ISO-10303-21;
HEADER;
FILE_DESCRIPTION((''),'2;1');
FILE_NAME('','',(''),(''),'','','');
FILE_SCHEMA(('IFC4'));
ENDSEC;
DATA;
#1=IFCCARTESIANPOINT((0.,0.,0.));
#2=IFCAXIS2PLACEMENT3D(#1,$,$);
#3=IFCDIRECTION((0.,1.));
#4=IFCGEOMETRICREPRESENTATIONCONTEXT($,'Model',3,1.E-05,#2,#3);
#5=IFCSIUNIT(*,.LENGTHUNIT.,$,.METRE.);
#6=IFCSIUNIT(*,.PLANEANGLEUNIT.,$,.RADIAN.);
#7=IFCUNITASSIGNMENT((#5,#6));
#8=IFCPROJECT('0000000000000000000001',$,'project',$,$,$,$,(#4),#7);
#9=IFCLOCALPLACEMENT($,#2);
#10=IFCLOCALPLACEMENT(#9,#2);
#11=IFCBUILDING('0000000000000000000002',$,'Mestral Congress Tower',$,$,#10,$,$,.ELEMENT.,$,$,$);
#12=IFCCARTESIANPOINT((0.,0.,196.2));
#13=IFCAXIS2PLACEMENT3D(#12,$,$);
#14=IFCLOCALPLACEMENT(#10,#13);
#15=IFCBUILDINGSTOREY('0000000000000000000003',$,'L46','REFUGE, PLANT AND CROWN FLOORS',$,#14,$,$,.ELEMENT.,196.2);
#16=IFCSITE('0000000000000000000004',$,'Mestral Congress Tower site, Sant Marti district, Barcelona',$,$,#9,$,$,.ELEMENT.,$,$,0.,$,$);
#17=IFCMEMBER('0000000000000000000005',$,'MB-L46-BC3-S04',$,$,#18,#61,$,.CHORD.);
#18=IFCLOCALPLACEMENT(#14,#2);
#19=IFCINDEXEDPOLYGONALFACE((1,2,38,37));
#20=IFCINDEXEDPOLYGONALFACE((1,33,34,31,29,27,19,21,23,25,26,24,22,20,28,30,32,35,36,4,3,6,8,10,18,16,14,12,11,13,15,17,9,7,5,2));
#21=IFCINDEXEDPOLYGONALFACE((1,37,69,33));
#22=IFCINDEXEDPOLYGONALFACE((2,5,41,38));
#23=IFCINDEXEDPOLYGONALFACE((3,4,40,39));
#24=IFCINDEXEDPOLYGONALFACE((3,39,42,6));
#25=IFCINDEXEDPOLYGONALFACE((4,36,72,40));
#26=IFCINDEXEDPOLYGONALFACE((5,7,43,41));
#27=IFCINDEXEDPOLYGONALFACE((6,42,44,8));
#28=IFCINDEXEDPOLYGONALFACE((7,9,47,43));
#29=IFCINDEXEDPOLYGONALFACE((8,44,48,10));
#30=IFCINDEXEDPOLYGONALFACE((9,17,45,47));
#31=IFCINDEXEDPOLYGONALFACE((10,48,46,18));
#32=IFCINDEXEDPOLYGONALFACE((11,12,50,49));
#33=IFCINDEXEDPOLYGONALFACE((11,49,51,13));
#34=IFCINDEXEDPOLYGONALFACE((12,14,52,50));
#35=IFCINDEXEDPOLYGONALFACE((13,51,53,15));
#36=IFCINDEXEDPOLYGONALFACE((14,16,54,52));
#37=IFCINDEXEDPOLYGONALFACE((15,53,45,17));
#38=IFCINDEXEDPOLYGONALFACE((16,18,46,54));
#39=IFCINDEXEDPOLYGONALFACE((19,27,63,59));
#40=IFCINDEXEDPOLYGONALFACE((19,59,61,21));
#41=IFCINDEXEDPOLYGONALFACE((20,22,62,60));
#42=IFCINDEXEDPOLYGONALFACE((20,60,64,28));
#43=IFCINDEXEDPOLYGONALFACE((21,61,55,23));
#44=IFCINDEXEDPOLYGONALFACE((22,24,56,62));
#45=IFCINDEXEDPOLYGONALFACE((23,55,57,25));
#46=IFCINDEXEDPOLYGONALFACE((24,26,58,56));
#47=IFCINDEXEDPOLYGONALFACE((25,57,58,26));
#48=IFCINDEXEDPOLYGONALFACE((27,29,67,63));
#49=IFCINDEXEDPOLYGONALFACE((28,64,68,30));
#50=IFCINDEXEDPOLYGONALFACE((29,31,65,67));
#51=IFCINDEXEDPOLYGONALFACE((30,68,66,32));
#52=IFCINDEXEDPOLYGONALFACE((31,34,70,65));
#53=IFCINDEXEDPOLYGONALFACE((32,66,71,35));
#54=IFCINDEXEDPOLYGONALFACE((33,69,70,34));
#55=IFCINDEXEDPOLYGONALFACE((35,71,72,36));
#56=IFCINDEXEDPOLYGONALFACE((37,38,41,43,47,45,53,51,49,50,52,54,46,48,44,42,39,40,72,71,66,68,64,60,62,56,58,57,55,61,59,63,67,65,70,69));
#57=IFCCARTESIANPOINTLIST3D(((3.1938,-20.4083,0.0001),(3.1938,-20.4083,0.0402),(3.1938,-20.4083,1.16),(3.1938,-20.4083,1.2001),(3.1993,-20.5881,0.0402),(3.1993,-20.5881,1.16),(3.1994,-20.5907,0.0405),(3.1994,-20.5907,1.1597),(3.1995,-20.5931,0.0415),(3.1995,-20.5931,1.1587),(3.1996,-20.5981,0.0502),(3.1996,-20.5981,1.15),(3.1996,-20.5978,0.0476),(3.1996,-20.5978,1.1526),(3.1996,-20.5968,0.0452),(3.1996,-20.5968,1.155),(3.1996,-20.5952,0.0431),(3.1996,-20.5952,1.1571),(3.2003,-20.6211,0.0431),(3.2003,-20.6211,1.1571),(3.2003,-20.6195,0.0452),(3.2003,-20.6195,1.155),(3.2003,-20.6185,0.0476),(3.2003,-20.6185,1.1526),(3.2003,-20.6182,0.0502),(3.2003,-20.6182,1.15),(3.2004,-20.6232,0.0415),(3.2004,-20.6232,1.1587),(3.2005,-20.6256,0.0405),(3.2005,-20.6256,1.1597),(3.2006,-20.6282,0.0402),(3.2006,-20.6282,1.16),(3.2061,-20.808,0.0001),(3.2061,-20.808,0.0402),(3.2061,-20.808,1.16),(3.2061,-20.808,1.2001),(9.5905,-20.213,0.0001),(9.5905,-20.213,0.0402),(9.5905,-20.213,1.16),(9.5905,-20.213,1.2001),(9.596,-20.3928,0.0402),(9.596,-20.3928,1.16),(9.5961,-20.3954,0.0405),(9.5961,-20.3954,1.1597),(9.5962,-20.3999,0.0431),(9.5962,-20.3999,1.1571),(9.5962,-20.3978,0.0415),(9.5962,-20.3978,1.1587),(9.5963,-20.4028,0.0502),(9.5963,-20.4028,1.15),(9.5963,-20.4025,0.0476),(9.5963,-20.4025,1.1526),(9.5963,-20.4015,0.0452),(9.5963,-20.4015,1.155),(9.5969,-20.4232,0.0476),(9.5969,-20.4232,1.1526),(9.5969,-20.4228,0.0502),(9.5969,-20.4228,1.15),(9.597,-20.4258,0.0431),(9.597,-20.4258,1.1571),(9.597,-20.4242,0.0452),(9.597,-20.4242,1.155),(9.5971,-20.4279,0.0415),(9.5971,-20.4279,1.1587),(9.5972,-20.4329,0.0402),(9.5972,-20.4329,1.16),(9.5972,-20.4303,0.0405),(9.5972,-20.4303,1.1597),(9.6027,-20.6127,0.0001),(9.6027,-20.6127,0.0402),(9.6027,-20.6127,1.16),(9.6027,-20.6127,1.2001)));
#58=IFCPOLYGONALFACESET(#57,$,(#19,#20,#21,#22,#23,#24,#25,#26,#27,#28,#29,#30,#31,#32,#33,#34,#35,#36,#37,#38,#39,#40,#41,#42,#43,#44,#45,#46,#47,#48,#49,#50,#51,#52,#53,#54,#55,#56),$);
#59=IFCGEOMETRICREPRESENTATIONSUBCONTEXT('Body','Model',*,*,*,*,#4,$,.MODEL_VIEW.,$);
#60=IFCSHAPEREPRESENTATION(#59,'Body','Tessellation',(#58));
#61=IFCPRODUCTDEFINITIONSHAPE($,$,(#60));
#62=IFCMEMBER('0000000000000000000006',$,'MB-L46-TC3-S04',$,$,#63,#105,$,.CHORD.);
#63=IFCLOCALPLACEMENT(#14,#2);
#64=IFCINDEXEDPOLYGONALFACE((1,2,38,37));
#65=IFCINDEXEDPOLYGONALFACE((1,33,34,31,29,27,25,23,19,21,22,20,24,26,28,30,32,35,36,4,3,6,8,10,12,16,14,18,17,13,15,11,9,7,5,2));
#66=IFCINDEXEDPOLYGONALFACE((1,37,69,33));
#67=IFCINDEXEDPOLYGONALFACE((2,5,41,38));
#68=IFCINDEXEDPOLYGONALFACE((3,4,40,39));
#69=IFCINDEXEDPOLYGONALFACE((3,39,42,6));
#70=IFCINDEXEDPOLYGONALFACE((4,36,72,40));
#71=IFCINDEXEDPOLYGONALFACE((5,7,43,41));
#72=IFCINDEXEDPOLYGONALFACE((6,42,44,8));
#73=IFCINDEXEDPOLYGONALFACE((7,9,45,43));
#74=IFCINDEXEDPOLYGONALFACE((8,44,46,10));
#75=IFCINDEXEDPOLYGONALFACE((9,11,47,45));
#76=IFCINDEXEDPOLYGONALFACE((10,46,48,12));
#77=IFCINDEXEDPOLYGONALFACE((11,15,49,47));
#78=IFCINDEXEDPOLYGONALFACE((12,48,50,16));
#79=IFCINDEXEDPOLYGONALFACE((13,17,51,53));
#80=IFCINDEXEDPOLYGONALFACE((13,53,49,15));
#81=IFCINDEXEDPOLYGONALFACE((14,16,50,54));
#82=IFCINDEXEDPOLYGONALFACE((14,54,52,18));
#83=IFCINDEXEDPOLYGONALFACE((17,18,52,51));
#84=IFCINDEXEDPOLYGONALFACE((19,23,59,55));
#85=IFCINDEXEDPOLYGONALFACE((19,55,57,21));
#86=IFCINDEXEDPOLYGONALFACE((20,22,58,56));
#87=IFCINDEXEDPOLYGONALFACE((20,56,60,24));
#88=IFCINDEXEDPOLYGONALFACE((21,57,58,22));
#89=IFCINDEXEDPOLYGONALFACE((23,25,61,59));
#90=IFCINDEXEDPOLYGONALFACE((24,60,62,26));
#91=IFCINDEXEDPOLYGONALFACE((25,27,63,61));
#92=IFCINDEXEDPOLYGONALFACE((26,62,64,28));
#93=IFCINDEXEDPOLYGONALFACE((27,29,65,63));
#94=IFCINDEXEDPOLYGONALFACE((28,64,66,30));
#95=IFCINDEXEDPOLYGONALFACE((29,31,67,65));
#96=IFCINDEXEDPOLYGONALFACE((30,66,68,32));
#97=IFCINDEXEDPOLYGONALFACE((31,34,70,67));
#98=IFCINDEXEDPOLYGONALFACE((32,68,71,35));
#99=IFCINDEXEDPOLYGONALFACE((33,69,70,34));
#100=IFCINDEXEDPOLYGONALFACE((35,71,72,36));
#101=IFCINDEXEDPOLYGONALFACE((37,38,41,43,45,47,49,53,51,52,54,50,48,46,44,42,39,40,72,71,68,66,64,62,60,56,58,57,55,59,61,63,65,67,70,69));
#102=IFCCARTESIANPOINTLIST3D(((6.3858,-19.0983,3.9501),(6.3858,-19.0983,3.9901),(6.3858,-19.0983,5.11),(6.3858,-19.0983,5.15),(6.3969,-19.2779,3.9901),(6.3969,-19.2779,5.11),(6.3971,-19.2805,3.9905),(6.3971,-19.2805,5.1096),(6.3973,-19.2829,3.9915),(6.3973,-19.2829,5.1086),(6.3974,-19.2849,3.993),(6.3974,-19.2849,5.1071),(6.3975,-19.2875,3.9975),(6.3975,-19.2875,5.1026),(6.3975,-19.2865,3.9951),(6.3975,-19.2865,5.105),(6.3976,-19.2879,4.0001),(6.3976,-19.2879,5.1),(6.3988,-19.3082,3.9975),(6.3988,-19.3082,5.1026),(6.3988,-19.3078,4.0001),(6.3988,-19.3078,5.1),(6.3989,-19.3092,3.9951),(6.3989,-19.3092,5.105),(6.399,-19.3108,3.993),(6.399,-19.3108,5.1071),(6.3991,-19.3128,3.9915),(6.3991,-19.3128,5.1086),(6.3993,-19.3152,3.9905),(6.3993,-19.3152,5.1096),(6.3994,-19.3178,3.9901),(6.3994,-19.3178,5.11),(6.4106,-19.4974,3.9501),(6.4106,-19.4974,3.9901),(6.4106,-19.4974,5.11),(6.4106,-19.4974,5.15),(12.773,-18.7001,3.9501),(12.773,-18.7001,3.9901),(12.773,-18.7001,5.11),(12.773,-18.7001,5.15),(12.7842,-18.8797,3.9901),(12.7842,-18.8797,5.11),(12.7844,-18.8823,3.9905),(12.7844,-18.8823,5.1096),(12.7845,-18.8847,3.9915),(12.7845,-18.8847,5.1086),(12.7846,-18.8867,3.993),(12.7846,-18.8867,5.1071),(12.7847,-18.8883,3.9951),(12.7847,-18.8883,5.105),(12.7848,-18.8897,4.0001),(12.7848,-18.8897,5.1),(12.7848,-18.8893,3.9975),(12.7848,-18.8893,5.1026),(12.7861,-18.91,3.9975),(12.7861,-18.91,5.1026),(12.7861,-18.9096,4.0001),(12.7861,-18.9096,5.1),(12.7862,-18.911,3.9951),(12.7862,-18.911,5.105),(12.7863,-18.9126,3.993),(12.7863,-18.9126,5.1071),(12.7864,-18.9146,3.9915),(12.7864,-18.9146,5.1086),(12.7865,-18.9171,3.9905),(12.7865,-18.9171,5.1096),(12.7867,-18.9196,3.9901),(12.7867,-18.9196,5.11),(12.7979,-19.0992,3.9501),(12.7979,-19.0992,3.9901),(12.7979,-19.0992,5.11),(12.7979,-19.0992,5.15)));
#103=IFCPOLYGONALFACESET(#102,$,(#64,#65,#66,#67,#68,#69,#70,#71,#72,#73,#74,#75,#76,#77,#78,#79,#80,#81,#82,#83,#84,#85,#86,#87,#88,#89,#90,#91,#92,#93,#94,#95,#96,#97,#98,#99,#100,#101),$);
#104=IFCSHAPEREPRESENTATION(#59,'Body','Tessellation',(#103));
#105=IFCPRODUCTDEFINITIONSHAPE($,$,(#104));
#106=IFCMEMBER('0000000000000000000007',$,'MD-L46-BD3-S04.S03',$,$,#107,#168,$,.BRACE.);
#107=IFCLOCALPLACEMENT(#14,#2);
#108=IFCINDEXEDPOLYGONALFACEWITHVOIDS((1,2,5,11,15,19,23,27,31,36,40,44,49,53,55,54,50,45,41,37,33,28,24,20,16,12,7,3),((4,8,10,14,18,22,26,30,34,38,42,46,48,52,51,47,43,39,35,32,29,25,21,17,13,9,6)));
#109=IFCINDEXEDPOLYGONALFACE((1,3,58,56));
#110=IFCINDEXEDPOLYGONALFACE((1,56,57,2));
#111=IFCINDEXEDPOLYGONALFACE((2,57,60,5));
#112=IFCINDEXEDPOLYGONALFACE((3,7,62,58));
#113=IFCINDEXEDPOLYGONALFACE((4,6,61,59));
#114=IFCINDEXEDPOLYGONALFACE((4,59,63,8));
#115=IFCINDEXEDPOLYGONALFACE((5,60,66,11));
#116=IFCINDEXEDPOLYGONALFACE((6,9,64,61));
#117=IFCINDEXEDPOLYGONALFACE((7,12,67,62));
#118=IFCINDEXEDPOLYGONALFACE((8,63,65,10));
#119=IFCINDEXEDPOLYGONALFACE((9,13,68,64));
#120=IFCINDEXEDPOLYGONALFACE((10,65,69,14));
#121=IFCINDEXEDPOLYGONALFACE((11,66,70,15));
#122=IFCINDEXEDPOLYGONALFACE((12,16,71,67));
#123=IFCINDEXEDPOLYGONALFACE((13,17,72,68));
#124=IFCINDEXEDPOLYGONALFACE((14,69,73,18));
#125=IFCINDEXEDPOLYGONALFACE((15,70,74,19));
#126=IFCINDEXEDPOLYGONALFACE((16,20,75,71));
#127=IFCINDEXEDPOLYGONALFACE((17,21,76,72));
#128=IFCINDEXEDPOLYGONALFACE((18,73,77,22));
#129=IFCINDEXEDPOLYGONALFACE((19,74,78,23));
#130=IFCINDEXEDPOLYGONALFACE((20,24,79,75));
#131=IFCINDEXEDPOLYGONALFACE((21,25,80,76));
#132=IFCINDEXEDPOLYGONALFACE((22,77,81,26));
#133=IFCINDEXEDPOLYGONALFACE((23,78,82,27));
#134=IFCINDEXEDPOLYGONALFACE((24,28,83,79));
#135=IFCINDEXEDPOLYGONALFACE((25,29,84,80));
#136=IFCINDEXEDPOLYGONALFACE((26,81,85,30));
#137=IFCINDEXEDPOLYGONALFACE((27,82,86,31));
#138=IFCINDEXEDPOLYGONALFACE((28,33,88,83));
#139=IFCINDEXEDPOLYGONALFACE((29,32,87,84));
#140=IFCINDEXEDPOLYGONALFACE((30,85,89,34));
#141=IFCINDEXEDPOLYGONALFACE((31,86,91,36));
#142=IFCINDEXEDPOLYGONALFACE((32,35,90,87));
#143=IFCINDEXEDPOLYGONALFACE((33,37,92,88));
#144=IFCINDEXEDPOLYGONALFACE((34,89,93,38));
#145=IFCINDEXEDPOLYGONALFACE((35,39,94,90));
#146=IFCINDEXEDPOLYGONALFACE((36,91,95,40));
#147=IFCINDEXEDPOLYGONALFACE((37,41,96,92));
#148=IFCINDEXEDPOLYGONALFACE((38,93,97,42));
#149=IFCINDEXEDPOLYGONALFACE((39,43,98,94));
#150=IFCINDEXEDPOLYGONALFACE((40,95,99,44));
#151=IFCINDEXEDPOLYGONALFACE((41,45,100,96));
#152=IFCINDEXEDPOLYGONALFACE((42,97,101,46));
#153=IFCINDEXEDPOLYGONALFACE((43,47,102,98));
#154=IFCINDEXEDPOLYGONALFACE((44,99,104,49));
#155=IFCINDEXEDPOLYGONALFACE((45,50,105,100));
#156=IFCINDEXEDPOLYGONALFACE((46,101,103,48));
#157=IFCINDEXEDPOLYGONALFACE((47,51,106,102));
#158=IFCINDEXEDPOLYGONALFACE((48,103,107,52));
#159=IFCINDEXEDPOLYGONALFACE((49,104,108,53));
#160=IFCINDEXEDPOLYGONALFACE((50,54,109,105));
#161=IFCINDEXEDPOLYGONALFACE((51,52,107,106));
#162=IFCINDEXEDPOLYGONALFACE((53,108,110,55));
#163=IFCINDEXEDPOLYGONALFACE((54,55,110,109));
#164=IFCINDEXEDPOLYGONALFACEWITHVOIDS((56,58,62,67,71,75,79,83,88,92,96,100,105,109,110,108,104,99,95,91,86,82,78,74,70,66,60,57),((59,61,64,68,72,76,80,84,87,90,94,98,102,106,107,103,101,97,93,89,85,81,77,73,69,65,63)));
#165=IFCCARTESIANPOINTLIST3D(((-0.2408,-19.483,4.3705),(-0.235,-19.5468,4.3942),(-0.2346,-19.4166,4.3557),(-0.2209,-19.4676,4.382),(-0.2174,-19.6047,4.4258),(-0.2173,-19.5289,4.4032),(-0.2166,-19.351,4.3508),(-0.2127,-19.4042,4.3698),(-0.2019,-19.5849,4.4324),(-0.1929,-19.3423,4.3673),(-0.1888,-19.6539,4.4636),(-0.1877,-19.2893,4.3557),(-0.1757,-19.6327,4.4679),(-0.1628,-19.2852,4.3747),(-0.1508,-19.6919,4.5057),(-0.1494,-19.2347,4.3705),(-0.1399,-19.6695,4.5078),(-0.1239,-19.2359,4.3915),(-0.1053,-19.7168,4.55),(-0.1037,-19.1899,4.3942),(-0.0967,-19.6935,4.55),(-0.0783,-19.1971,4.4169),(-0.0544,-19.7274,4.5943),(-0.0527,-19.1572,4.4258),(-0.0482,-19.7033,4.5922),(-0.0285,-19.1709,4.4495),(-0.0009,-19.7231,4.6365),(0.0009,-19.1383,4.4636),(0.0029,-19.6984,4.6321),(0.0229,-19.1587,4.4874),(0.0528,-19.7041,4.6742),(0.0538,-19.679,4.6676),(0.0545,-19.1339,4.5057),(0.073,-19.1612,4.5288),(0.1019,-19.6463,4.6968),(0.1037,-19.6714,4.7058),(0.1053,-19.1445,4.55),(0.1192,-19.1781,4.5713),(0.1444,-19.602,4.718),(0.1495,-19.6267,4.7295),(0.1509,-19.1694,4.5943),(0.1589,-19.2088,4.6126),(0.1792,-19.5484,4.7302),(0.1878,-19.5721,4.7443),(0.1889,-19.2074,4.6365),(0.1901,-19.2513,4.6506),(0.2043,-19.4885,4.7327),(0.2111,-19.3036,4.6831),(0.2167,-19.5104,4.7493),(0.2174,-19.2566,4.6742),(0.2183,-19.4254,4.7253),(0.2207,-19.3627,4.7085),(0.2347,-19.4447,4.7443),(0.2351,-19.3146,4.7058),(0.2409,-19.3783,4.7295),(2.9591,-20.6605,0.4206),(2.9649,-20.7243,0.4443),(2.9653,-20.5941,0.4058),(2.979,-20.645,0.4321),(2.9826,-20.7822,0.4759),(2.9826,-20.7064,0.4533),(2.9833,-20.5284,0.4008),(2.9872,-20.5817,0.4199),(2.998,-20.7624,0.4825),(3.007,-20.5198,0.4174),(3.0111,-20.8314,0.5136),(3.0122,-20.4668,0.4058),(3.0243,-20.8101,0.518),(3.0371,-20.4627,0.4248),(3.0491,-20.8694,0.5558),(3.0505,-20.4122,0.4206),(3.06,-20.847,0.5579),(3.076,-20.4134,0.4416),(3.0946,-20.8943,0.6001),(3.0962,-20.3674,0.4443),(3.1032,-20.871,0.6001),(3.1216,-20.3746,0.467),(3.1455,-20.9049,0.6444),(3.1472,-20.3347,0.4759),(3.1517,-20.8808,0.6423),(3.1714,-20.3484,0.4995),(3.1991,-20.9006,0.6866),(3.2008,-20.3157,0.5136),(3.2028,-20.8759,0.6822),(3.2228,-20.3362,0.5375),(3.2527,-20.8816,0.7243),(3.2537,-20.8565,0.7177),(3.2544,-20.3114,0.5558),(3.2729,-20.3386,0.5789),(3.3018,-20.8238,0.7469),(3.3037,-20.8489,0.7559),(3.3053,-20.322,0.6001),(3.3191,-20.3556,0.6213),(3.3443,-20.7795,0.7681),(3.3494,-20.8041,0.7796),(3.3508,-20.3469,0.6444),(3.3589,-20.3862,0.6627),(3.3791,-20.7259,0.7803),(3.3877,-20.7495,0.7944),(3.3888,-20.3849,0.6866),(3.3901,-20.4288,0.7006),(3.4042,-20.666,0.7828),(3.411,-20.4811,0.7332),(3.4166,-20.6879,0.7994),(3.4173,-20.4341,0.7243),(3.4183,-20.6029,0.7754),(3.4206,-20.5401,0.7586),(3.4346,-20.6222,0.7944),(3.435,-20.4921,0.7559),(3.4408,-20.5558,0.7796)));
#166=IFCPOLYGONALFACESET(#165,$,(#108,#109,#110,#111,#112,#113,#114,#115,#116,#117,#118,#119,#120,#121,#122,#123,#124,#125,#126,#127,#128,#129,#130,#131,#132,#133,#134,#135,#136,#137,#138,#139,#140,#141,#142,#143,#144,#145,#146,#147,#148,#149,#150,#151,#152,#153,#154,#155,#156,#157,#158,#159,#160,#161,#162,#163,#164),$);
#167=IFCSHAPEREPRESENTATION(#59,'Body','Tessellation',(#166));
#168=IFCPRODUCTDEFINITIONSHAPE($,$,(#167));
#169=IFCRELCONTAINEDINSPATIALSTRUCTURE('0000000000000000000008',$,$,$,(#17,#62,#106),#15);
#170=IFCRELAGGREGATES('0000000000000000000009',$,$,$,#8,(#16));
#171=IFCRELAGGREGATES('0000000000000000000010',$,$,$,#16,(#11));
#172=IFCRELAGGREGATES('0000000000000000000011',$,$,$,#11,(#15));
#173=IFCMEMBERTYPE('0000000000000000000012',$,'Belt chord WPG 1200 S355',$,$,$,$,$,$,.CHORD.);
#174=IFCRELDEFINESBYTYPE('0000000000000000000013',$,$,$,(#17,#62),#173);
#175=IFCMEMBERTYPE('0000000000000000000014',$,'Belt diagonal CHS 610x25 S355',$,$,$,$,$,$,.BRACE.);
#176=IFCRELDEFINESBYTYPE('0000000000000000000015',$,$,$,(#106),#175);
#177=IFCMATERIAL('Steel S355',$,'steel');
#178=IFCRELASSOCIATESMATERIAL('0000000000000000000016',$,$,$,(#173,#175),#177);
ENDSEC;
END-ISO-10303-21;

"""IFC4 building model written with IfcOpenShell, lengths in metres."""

from ifc_helpers import new_model, si_unit, direction, frame, origin, origin_2d, place, context, subcontext, project, spatial, hollow_circle, i_section, extrude, material, material_profile, profile_set, type_object, element, save


model = new_model("IFC4")

# Units and contexts
model_context = context("Model", 3, precision=1e-05, world=origin(), true_north=direction((0.0, 1.0)))
body_context = subcontext(model_context, "Body", "Model", "MODEL_VIEW")
ifc_project = project(units=[si_unit("LENGTHUNIT", "METRE"), si_unit("PLANEANGLEUNIT", "RADIAN")], contexts=[model_context])

# Site, building, storey
site_placement = place(None, origin())
site = spatial("IfcSite", under=ifc_project, at=site_placement, Name="Mestral Congress Tower site, Sant Marti district, Barcelona", CompositionType="ELEMENT", RefElevation=0.0)
building_placement = place(site_placement, origin())
building = spatial("IfcBuilding", under=site, at=building_placement, Name="Mestral Congress Tower", CompositionType="ELEMENT")
storey_placement = place(building_placement, frame((0.0, 0.0, 196.2)))
storey = spatial("IfcBuildingStorey", under=building, at=storey_placement, Name="L46", Description="REFUGE, PLANT AND CROWN FLOORS", CompositionType="ELEMENT", Elevation=196.2)

# Members
ifc_material_1 = material(Name="Steel S355", Category="steel")
ifc_material_profile_1 = material_profile(ifc_material_1, i_section(OverallWidth=0.3999, OverallDepth=1.2, WebThickness=0.02, FlangeThickness=0.04, FilletRadius=0.01, at=origin_2d()), Name="WPG 1200")
ifc_profile_set_1 = profile_set([ifc_material_profile_1], Name="Steel S355")
member_type_1 = type_object("IfcMemberType", Name="Belt chord WPG 1200 S355", PredefinedType="CHORD", material=ifc_profile_set_1)
for number, where, z_axis, x_axis, name in (
    (1, (3.2, -20.6082, 0.6001), (0.999534, 0.030519, 0.0), (-0.030519, 0.999534, 0.0), "MB-L46-BC3-S04"),
    (2, (6.3982, -19.2979, 4.55), (0.998062, 0.062222, 0.0), (-0.062222, 0.998062, 0.0), "MB-L46-TC3-S04"),
):
    element("IfcMember", number, at=place(storey_placement, frame(where, z_axis=z_axis, x_axis=x_axis)), inside=storey, type_object=member_type_1, Name=name, PredefinedType="CHORD", context=body_context, shape_type="SweptSolid", body=[
        extrude(i_section(OverallWidth=0.3999, OverallDepth=1.2, WebThickness=0.02, FlangeThickness=0.04, FilletRadius=0.01, at=origin_2d()), origin(), (0.0, 0.0, 1.0), 6.3997),
    ])
ifc_material_profile_2 = material_profile(ifc_material_1, hollow_circle(Radius=0.3049, WallThickness=0.0249, at=origin_2d()), Name="CHS 610x25")
ifc_profile_set_2 = profile_set([ifc_material_profile_2], Name="Steel S355")
member_type_2 = type_object("IfcMemberType", Name="Belt diagonal CHS 610x25 S355", PredefinedType="BRACE", material=ifc_profile_set_2)
member_1_placement = place(storey_placement, frame((3.2, -20.6082, 0.6001), z_axis=(-0.613244, 0.225656, 0.756975), x_axis=(-0.345334, -0.93848, 0.0)))
element("IfcMember", 3, at=member_1_placement, inside=storey, type_object=member_type_2, Name="MD-L46-BD3-S04.S03", PredefinedType="BRACE", context=body_context, shape_type="SweptSolid", body=[
    extrude(hollow_circle(Radius=0.3049, WallThickness=0.0249, at=origin_2d()), origin(), (0.0, 0.0, 1.0), 5.218),
])

save(model, "model.ifc")
